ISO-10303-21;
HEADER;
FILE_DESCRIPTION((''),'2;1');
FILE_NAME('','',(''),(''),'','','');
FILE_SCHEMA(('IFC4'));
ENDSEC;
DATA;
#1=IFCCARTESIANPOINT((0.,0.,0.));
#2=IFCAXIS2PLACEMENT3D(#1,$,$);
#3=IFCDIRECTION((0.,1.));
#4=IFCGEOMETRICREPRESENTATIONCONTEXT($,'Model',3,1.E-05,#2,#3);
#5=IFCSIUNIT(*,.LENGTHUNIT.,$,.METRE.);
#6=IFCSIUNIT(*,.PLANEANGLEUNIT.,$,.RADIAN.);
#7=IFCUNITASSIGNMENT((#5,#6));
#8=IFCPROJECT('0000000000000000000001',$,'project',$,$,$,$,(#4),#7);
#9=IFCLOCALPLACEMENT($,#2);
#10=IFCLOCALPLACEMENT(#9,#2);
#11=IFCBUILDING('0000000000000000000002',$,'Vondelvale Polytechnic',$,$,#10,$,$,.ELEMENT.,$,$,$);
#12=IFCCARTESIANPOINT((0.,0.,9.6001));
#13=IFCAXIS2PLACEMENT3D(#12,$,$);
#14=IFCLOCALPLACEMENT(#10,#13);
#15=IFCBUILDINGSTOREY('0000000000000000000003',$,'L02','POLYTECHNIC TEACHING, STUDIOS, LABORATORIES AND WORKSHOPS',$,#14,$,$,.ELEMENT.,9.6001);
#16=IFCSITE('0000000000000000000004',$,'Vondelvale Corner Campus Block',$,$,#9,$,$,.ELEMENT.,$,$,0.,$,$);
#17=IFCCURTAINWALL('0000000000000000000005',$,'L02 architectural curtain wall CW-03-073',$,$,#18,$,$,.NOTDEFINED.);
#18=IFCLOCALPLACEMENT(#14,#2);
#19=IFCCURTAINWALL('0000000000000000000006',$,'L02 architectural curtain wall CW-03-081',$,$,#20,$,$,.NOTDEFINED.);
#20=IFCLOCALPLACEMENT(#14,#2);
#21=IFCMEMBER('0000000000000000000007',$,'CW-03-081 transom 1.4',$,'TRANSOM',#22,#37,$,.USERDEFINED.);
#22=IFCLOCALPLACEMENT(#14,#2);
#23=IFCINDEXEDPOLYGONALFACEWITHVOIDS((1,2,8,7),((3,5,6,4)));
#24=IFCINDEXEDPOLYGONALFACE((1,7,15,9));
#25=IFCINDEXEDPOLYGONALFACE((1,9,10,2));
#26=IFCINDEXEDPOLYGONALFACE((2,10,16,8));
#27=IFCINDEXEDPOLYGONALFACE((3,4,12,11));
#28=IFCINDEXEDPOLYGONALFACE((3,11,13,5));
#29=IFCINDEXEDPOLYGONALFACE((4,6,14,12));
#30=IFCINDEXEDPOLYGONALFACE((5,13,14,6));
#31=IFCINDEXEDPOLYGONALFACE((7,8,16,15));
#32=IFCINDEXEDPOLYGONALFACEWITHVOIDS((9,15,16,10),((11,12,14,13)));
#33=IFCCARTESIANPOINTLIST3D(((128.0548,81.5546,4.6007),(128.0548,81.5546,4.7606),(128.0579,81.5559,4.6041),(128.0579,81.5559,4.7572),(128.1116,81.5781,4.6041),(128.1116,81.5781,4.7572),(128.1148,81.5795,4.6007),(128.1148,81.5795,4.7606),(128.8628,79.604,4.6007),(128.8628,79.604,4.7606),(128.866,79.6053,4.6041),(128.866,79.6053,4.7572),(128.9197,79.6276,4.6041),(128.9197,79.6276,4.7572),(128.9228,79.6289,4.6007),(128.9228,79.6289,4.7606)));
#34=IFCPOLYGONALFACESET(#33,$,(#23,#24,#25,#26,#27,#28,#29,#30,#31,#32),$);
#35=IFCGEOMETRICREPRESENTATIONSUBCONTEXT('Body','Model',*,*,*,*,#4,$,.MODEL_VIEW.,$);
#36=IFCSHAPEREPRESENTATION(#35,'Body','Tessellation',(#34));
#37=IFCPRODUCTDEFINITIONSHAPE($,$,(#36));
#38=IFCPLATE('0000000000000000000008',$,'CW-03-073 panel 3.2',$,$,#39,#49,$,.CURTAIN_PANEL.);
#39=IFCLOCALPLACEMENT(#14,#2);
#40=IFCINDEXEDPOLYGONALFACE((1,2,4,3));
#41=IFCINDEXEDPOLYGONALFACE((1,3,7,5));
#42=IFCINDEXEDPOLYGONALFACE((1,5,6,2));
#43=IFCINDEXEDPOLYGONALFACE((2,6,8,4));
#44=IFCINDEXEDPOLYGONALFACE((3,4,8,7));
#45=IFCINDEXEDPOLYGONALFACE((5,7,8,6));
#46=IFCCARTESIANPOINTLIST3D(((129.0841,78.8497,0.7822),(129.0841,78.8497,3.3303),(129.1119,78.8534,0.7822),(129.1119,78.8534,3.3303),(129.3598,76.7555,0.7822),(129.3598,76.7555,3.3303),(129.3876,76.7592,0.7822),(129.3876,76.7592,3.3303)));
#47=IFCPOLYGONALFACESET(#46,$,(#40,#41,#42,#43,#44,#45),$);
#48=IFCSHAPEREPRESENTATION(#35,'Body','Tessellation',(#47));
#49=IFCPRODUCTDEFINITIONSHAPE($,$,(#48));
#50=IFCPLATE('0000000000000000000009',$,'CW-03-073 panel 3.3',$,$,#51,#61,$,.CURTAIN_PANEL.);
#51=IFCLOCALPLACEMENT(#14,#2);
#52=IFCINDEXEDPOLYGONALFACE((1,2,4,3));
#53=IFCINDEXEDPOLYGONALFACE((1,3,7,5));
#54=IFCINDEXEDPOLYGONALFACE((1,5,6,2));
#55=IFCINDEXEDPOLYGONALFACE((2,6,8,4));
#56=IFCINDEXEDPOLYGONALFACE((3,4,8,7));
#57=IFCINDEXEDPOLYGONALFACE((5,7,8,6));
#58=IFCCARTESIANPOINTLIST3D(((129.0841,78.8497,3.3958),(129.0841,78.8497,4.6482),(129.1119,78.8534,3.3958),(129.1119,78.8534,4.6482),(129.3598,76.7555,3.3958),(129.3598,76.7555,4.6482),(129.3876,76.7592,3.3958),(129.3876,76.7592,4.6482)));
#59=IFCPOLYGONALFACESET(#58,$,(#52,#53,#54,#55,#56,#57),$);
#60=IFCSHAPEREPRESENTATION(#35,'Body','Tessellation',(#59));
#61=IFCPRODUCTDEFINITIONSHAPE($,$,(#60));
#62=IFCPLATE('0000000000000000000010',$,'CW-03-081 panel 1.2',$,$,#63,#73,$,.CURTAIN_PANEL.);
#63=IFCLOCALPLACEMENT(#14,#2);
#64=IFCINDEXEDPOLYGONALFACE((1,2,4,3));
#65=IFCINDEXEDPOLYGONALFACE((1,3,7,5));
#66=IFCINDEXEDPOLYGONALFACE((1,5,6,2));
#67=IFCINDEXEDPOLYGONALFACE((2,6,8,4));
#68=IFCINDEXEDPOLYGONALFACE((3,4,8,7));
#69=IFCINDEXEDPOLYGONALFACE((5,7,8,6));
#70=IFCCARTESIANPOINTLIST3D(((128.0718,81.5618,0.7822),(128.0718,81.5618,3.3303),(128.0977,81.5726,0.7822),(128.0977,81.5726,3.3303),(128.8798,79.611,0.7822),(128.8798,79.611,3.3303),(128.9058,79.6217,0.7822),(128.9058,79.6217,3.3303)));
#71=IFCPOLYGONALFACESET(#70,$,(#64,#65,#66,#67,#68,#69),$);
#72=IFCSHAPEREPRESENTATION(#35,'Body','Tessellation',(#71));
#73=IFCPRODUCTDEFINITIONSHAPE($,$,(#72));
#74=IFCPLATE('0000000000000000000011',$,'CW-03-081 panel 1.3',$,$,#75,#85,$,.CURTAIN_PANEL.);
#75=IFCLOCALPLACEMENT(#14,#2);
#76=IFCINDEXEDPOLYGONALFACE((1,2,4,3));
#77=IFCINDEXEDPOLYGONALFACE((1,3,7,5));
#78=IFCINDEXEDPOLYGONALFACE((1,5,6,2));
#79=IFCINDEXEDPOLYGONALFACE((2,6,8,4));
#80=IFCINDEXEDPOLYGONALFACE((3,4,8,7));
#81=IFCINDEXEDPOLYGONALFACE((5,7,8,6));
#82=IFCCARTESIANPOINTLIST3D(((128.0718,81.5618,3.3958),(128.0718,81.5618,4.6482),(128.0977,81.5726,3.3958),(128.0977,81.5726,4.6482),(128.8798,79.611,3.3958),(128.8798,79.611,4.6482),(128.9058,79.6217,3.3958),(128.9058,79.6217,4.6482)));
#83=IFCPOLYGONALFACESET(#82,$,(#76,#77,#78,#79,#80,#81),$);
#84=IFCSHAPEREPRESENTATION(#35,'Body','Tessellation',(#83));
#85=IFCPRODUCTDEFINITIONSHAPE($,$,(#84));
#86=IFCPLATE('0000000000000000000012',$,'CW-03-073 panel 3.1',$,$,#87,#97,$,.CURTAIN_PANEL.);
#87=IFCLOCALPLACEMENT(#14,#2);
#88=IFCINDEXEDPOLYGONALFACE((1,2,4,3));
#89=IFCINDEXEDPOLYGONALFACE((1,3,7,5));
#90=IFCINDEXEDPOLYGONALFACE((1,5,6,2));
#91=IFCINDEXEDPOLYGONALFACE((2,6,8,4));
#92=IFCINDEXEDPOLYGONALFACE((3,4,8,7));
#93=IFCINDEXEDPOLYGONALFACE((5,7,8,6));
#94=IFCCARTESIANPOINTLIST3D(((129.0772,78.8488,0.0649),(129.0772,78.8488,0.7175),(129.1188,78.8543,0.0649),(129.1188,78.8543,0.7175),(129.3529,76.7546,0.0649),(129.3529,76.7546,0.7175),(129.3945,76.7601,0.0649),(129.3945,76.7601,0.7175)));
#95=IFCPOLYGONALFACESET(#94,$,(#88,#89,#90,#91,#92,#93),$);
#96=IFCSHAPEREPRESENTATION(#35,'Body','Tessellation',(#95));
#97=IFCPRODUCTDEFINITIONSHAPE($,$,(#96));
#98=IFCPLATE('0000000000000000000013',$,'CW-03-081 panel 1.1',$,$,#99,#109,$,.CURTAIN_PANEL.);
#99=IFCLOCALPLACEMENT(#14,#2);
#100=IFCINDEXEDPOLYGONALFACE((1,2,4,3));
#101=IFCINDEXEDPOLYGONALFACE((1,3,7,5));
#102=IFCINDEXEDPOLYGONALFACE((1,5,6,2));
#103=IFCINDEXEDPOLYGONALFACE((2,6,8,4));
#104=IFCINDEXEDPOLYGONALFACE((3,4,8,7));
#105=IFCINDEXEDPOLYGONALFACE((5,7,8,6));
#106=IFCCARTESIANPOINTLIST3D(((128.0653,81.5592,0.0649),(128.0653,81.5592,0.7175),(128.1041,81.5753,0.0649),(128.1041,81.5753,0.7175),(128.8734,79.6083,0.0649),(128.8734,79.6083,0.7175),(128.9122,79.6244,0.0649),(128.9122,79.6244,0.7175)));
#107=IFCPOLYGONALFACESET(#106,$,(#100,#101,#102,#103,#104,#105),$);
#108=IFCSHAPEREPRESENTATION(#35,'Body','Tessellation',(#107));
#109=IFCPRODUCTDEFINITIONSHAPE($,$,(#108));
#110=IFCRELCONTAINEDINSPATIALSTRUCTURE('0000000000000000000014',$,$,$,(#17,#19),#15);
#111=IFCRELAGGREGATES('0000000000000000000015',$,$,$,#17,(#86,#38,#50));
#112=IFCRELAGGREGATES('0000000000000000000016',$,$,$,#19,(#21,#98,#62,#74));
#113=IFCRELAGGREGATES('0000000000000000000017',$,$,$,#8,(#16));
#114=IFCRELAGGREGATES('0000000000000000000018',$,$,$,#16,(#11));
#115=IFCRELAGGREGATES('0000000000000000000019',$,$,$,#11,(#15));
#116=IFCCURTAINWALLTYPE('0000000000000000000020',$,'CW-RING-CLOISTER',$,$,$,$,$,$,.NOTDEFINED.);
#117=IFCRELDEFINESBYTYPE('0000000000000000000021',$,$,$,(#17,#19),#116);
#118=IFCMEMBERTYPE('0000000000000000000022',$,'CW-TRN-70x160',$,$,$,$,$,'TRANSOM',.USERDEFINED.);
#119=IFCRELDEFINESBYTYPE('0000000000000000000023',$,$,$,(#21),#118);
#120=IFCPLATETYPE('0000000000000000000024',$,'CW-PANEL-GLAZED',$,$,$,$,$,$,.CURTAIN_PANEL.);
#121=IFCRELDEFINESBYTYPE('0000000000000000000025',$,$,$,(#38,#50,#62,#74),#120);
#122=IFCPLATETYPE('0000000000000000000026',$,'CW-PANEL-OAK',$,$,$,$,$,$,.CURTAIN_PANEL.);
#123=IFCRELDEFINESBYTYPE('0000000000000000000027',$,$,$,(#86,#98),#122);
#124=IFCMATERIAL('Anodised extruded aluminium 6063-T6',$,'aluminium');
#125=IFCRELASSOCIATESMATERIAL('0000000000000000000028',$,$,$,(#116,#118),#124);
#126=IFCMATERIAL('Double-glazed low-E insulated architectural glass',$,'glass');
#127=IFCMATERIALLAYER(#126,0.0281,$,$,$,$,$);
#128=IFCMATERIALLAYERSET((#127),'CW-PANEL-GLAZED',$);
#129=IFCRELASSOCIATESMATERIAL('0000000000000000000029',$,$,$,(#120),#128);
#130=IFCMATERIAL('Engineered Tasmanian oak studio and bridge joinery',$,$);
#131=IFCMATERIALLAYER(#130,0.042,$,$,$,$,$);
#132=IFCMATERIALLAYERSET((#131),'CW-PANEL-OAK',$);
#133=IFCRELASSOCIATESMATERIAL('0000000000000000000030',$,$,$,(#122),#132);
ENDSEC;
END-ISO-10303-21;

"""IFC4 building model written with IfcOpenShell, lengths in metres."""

from ifc_helpers import new_model, si_unit, direction, frame, origin, origin_2d, place, context, subcontext, project, spatial, rectangle, hollow_rectangle, extrude, material, layer, layer_set, material_profile, profile_set, type_object, element, aggregate, save


model = new_model("IFC4")

# Units and contexts
model_context = context("Model", 3, precision=1e-05, world=origin(), true_north=direction((0.0, 1.0)))
body_context = subcontext(model_context, "Body", "Model", "MODEL_VIEW")
ifc_project = project(units=[si_unit("LENGTHUNIT", "METRE"), si_unit("PLANEANGLEUNIT", "RADIAN")], contexts=[model_context])

# Site, building, storey
site_placement = place(None, origin())
site = spatial("IfcSite", under=ifc_project, at=site_placement, Name="Vondelvale Corner Campus Block", CompositionType="ELEMENT", RefElevation=0.0)
building_placement = place(site_placement, origin())
building = spatial("IfcBuilding", under=site, at=building_placement, Name="Vondelvale Polytechnic", CompositionType="ELEMENT")
storey_placement = place(building_placement, frame((0.0, 0.0, 9.6001)))
storey = spatial("IfcBuildingStorey", under=building, at=storey_placement, Name="L02", Description="POLYTECHNIC TEACHING, STUDIOS, LABORATORIES AND WORKSHOPS", CompositionType="ELEMENT", Elevation=9.6001)

# Curtain walls
ifc_material_1 = material(Name="Anodised extruded aluminium 6063-T6", Category="aluminium")
curtain_wall_type = type_object("IfcCurtainWallType", Name="CW-RING-CLOISTER", PredefinedType="NOTDEFINED", material=ifc_material_1)
curtain_wall_1_placement = place(storey_placement, origin())
curtain_wall_1 = element("IfcCurtainWall", 1, at=curtain_wall_1_placement, inside=storey, type_object=curtain_wall_type, Name="L02 architectural curtain wall CW-03-073", PredefinedType="NOTDEFINED")
curtain_wall_2_placement = place(storey_placement, origin())
curtain_wall_2 = element("IfcCurtainWall", 2, at=curtain_wall_2_placement, inside=storey, type_object=curtain_wall_type, Name="L02 architectural curtain wall CW-03-081", PredefinedType="NOTDEFINED")

# Member
ifc_material_profile_1 = material_profile(ifc_material_1, hollow_rectangle(XDim=0.0649, YDim=0.1599, WallThickness=0.0034, at=origin_2d()), Name="CW-TRN-160x65")
ifc_profile_set_1 = profile_set([ifc_material_profile_1], Name="Anodised extruded aluminium 6063-T6")
member_type_1 = type_object("IfcMemberType", Name="CW-TRN-70x160", ElementType="TRANSOM", PredefinedType="USERDEFINED", material=ifc_profile_set_1)
member_1_placement = place(storey_placement, frame((128.8928, 79.6165, 4.6807), z_axis=(-0.382726, 0.923862, 0.0), x_axis=(-0.923862, -0.382726, 0.0)))
member_1 = element("IfcMember", 3, at=member_1_placement, type_object=member_type_1, Name="CW-03-081 transom 1.4", ObjectType="TRANSOM", PredefinedType="USERDEFINED", context=body_context, shape_type="SweptSolid", body=[
    extrude(hollow_rectangle(XDim=0.0649, YDim=0.1599, WallThickness=0.0034, at=origin_2d()), origin(), (0.0, 0.0, 1.0), 2.1113),
])

# Plates
ifc_material_2 = material(Name="Double-glazed low-E insulated architectural glass", Category="glass")
ifc_layer_1 = layer(ifc_material_2, 0.0281)
ifc_layer_set_1 = layer_set([ifc_layer_1], Name="CW-PANEL-GLAZED")
plate_type_1 = type_object("IfcPlateType", Name="CW-PANEL-GLAZED", PredefinedType="CURTAIN_PANEL", material=ifc_layer_set_1)
plate_1_placement = place(storey_placement, frame((129.2358, 77.8044, 0.7822), z_axis=(0.0, 0.0, 1.0), x_axis=(-0.130528, 0.991445, 0.0)))
plate_1 = element("IfcPlate", 4, at=plate_1_placement, type_object=plate_type_1, Name="CW-03-073 panel 3.2", PredefinedType="CURTAIN_PANEL", context=body_context, shape_type="SweptSolid", body=[
    extrude(rectangle(XDim=2.1123, YDim=0.0281, at=origin_2d()), origin(), (0.0, 0.0, 1.0), 2.5481),
])
plate_2_placement = place(storey_placement, frame((129.2358, 77.8044, 3.3958), z_axis=(0.0, 0.0, 1.0), x_axis=(-0.130528, 0.991445, 0.0)))
plate_2 = element("IfcPlate", 5, at=plate_2_placement, type_object=plate_type_1, Name="CW-03-073 panel 3.3", PredefinedType="CURTAIN_PANEL", context=body_context, shape_type="SweptSolid", body=[
    extrude(rectangle(XDim=2.1123, YDim=0.0281, at=origin_2d()), origin(), (0.0, 0.0, 1.0), 1.2524),
])
plate_3_placement = place(storey_placement, frame((128.4888, 80.5918, 0.7822), z_axis=(0.0, 0.0, 1.0), x_axis=(-0.382679, 0.923882, 0.0)))
plate_3 = element("IfcPlate", 6, at=plate_3_placement, type_object=plate_type_1, Name="CW-03-081 panel 1.2", PredefinedType="CURTAIN_PANEL", context=body_context, shape_type="SweptSolid", body=[
    extrude(rectangle(XDim=2.1116, YDim=0.0281, at=origin_2d()), origin(), (0.0, 0.0, 1.0), 2.5481),
])
plate_4_placement = place(storey_placement, frame((128.4888, 80.5918, 3.3958), z_axis=(0.0, 0.0, 1.0), x_axis=(-0.382679, 0.923882, 0.0)))
plate_4 = element("IfcPlate", 7, at=plate_4_placement, type_object=plate_type_1, Name="CW-03-081 panel 1.3", PredefinedType="CURTAIN_PANEL", context=body_context, shape_type="SweptSolid", body=[
    extrude(rectangle(XDim=2.1116, YDim=0.0281, at=origin_2d()), origin(), (0.0, 0.0, 1.0), 1.2524),
])
ifc_material_3 = material(Name="Engineered Tasmanian oak studio and bridge joinery")
ifc_layer_2 = layer(ifc_material_3, 0.042)
ifc_layer_set_2 = layer_set([ifc_layer_2], Name="CW-PANEL-OAK")
plate_type_2 = type_object("IfcPlateType", Name="CW-PANEL-OAK", PredefinedType="CURTAIN_PANEL", material=ifc_layer_set_2)
plate_5_placement = place(storey_placement, frame((129.2358, 77.8044, 0.0649), z_axis=(0.0, 0.0, 1.0), x_axis=(-0.130528, 0.991445, 0.0)))
plate_5 = element("IfcPlate", 8, at=plate_5_placement, type_object=plate_type_2, Name="CW-03-073 panel 3.1", PredefinedType="CURTAIN_PANEL", context=body_context, shape_type="SweptSolid", body=[
    extrude(rectangle(XDim=2.1123, YDim=0.042, at=origin_2d()), origin(), (0.0, 0.0, 1.0), 0.6526),
])
aggregate(curtain_wall_1, [plate_5, plate_1, plate_2])
plate_6_placement = place(storey_placement, frame((128.4888, 80.5918, 0.0649), z_axis=(0.0, 0.0, 1.0), x_axis=(-0.382679, 0.923882, 0.0)))
plate_6 = element("IfcPlate", 9, at=plate_6_placement, type_object=plate_type_2, Name="CW-03-081 panel 1.1", PredefinedType="CURTAIN_PANEL", context=body_context, shape_type="SweptSolid", body=[
    extrude(rectangle(XDim=2.1116, YDim=0.042, at=origin_2d()), origin(), (0.0, 0.0, 1.0), 0.6526),
])
aggregate(curtain_wall_2, [member_1, plate_6, plate_3, plate_4])

save(model, "model.ifc")
